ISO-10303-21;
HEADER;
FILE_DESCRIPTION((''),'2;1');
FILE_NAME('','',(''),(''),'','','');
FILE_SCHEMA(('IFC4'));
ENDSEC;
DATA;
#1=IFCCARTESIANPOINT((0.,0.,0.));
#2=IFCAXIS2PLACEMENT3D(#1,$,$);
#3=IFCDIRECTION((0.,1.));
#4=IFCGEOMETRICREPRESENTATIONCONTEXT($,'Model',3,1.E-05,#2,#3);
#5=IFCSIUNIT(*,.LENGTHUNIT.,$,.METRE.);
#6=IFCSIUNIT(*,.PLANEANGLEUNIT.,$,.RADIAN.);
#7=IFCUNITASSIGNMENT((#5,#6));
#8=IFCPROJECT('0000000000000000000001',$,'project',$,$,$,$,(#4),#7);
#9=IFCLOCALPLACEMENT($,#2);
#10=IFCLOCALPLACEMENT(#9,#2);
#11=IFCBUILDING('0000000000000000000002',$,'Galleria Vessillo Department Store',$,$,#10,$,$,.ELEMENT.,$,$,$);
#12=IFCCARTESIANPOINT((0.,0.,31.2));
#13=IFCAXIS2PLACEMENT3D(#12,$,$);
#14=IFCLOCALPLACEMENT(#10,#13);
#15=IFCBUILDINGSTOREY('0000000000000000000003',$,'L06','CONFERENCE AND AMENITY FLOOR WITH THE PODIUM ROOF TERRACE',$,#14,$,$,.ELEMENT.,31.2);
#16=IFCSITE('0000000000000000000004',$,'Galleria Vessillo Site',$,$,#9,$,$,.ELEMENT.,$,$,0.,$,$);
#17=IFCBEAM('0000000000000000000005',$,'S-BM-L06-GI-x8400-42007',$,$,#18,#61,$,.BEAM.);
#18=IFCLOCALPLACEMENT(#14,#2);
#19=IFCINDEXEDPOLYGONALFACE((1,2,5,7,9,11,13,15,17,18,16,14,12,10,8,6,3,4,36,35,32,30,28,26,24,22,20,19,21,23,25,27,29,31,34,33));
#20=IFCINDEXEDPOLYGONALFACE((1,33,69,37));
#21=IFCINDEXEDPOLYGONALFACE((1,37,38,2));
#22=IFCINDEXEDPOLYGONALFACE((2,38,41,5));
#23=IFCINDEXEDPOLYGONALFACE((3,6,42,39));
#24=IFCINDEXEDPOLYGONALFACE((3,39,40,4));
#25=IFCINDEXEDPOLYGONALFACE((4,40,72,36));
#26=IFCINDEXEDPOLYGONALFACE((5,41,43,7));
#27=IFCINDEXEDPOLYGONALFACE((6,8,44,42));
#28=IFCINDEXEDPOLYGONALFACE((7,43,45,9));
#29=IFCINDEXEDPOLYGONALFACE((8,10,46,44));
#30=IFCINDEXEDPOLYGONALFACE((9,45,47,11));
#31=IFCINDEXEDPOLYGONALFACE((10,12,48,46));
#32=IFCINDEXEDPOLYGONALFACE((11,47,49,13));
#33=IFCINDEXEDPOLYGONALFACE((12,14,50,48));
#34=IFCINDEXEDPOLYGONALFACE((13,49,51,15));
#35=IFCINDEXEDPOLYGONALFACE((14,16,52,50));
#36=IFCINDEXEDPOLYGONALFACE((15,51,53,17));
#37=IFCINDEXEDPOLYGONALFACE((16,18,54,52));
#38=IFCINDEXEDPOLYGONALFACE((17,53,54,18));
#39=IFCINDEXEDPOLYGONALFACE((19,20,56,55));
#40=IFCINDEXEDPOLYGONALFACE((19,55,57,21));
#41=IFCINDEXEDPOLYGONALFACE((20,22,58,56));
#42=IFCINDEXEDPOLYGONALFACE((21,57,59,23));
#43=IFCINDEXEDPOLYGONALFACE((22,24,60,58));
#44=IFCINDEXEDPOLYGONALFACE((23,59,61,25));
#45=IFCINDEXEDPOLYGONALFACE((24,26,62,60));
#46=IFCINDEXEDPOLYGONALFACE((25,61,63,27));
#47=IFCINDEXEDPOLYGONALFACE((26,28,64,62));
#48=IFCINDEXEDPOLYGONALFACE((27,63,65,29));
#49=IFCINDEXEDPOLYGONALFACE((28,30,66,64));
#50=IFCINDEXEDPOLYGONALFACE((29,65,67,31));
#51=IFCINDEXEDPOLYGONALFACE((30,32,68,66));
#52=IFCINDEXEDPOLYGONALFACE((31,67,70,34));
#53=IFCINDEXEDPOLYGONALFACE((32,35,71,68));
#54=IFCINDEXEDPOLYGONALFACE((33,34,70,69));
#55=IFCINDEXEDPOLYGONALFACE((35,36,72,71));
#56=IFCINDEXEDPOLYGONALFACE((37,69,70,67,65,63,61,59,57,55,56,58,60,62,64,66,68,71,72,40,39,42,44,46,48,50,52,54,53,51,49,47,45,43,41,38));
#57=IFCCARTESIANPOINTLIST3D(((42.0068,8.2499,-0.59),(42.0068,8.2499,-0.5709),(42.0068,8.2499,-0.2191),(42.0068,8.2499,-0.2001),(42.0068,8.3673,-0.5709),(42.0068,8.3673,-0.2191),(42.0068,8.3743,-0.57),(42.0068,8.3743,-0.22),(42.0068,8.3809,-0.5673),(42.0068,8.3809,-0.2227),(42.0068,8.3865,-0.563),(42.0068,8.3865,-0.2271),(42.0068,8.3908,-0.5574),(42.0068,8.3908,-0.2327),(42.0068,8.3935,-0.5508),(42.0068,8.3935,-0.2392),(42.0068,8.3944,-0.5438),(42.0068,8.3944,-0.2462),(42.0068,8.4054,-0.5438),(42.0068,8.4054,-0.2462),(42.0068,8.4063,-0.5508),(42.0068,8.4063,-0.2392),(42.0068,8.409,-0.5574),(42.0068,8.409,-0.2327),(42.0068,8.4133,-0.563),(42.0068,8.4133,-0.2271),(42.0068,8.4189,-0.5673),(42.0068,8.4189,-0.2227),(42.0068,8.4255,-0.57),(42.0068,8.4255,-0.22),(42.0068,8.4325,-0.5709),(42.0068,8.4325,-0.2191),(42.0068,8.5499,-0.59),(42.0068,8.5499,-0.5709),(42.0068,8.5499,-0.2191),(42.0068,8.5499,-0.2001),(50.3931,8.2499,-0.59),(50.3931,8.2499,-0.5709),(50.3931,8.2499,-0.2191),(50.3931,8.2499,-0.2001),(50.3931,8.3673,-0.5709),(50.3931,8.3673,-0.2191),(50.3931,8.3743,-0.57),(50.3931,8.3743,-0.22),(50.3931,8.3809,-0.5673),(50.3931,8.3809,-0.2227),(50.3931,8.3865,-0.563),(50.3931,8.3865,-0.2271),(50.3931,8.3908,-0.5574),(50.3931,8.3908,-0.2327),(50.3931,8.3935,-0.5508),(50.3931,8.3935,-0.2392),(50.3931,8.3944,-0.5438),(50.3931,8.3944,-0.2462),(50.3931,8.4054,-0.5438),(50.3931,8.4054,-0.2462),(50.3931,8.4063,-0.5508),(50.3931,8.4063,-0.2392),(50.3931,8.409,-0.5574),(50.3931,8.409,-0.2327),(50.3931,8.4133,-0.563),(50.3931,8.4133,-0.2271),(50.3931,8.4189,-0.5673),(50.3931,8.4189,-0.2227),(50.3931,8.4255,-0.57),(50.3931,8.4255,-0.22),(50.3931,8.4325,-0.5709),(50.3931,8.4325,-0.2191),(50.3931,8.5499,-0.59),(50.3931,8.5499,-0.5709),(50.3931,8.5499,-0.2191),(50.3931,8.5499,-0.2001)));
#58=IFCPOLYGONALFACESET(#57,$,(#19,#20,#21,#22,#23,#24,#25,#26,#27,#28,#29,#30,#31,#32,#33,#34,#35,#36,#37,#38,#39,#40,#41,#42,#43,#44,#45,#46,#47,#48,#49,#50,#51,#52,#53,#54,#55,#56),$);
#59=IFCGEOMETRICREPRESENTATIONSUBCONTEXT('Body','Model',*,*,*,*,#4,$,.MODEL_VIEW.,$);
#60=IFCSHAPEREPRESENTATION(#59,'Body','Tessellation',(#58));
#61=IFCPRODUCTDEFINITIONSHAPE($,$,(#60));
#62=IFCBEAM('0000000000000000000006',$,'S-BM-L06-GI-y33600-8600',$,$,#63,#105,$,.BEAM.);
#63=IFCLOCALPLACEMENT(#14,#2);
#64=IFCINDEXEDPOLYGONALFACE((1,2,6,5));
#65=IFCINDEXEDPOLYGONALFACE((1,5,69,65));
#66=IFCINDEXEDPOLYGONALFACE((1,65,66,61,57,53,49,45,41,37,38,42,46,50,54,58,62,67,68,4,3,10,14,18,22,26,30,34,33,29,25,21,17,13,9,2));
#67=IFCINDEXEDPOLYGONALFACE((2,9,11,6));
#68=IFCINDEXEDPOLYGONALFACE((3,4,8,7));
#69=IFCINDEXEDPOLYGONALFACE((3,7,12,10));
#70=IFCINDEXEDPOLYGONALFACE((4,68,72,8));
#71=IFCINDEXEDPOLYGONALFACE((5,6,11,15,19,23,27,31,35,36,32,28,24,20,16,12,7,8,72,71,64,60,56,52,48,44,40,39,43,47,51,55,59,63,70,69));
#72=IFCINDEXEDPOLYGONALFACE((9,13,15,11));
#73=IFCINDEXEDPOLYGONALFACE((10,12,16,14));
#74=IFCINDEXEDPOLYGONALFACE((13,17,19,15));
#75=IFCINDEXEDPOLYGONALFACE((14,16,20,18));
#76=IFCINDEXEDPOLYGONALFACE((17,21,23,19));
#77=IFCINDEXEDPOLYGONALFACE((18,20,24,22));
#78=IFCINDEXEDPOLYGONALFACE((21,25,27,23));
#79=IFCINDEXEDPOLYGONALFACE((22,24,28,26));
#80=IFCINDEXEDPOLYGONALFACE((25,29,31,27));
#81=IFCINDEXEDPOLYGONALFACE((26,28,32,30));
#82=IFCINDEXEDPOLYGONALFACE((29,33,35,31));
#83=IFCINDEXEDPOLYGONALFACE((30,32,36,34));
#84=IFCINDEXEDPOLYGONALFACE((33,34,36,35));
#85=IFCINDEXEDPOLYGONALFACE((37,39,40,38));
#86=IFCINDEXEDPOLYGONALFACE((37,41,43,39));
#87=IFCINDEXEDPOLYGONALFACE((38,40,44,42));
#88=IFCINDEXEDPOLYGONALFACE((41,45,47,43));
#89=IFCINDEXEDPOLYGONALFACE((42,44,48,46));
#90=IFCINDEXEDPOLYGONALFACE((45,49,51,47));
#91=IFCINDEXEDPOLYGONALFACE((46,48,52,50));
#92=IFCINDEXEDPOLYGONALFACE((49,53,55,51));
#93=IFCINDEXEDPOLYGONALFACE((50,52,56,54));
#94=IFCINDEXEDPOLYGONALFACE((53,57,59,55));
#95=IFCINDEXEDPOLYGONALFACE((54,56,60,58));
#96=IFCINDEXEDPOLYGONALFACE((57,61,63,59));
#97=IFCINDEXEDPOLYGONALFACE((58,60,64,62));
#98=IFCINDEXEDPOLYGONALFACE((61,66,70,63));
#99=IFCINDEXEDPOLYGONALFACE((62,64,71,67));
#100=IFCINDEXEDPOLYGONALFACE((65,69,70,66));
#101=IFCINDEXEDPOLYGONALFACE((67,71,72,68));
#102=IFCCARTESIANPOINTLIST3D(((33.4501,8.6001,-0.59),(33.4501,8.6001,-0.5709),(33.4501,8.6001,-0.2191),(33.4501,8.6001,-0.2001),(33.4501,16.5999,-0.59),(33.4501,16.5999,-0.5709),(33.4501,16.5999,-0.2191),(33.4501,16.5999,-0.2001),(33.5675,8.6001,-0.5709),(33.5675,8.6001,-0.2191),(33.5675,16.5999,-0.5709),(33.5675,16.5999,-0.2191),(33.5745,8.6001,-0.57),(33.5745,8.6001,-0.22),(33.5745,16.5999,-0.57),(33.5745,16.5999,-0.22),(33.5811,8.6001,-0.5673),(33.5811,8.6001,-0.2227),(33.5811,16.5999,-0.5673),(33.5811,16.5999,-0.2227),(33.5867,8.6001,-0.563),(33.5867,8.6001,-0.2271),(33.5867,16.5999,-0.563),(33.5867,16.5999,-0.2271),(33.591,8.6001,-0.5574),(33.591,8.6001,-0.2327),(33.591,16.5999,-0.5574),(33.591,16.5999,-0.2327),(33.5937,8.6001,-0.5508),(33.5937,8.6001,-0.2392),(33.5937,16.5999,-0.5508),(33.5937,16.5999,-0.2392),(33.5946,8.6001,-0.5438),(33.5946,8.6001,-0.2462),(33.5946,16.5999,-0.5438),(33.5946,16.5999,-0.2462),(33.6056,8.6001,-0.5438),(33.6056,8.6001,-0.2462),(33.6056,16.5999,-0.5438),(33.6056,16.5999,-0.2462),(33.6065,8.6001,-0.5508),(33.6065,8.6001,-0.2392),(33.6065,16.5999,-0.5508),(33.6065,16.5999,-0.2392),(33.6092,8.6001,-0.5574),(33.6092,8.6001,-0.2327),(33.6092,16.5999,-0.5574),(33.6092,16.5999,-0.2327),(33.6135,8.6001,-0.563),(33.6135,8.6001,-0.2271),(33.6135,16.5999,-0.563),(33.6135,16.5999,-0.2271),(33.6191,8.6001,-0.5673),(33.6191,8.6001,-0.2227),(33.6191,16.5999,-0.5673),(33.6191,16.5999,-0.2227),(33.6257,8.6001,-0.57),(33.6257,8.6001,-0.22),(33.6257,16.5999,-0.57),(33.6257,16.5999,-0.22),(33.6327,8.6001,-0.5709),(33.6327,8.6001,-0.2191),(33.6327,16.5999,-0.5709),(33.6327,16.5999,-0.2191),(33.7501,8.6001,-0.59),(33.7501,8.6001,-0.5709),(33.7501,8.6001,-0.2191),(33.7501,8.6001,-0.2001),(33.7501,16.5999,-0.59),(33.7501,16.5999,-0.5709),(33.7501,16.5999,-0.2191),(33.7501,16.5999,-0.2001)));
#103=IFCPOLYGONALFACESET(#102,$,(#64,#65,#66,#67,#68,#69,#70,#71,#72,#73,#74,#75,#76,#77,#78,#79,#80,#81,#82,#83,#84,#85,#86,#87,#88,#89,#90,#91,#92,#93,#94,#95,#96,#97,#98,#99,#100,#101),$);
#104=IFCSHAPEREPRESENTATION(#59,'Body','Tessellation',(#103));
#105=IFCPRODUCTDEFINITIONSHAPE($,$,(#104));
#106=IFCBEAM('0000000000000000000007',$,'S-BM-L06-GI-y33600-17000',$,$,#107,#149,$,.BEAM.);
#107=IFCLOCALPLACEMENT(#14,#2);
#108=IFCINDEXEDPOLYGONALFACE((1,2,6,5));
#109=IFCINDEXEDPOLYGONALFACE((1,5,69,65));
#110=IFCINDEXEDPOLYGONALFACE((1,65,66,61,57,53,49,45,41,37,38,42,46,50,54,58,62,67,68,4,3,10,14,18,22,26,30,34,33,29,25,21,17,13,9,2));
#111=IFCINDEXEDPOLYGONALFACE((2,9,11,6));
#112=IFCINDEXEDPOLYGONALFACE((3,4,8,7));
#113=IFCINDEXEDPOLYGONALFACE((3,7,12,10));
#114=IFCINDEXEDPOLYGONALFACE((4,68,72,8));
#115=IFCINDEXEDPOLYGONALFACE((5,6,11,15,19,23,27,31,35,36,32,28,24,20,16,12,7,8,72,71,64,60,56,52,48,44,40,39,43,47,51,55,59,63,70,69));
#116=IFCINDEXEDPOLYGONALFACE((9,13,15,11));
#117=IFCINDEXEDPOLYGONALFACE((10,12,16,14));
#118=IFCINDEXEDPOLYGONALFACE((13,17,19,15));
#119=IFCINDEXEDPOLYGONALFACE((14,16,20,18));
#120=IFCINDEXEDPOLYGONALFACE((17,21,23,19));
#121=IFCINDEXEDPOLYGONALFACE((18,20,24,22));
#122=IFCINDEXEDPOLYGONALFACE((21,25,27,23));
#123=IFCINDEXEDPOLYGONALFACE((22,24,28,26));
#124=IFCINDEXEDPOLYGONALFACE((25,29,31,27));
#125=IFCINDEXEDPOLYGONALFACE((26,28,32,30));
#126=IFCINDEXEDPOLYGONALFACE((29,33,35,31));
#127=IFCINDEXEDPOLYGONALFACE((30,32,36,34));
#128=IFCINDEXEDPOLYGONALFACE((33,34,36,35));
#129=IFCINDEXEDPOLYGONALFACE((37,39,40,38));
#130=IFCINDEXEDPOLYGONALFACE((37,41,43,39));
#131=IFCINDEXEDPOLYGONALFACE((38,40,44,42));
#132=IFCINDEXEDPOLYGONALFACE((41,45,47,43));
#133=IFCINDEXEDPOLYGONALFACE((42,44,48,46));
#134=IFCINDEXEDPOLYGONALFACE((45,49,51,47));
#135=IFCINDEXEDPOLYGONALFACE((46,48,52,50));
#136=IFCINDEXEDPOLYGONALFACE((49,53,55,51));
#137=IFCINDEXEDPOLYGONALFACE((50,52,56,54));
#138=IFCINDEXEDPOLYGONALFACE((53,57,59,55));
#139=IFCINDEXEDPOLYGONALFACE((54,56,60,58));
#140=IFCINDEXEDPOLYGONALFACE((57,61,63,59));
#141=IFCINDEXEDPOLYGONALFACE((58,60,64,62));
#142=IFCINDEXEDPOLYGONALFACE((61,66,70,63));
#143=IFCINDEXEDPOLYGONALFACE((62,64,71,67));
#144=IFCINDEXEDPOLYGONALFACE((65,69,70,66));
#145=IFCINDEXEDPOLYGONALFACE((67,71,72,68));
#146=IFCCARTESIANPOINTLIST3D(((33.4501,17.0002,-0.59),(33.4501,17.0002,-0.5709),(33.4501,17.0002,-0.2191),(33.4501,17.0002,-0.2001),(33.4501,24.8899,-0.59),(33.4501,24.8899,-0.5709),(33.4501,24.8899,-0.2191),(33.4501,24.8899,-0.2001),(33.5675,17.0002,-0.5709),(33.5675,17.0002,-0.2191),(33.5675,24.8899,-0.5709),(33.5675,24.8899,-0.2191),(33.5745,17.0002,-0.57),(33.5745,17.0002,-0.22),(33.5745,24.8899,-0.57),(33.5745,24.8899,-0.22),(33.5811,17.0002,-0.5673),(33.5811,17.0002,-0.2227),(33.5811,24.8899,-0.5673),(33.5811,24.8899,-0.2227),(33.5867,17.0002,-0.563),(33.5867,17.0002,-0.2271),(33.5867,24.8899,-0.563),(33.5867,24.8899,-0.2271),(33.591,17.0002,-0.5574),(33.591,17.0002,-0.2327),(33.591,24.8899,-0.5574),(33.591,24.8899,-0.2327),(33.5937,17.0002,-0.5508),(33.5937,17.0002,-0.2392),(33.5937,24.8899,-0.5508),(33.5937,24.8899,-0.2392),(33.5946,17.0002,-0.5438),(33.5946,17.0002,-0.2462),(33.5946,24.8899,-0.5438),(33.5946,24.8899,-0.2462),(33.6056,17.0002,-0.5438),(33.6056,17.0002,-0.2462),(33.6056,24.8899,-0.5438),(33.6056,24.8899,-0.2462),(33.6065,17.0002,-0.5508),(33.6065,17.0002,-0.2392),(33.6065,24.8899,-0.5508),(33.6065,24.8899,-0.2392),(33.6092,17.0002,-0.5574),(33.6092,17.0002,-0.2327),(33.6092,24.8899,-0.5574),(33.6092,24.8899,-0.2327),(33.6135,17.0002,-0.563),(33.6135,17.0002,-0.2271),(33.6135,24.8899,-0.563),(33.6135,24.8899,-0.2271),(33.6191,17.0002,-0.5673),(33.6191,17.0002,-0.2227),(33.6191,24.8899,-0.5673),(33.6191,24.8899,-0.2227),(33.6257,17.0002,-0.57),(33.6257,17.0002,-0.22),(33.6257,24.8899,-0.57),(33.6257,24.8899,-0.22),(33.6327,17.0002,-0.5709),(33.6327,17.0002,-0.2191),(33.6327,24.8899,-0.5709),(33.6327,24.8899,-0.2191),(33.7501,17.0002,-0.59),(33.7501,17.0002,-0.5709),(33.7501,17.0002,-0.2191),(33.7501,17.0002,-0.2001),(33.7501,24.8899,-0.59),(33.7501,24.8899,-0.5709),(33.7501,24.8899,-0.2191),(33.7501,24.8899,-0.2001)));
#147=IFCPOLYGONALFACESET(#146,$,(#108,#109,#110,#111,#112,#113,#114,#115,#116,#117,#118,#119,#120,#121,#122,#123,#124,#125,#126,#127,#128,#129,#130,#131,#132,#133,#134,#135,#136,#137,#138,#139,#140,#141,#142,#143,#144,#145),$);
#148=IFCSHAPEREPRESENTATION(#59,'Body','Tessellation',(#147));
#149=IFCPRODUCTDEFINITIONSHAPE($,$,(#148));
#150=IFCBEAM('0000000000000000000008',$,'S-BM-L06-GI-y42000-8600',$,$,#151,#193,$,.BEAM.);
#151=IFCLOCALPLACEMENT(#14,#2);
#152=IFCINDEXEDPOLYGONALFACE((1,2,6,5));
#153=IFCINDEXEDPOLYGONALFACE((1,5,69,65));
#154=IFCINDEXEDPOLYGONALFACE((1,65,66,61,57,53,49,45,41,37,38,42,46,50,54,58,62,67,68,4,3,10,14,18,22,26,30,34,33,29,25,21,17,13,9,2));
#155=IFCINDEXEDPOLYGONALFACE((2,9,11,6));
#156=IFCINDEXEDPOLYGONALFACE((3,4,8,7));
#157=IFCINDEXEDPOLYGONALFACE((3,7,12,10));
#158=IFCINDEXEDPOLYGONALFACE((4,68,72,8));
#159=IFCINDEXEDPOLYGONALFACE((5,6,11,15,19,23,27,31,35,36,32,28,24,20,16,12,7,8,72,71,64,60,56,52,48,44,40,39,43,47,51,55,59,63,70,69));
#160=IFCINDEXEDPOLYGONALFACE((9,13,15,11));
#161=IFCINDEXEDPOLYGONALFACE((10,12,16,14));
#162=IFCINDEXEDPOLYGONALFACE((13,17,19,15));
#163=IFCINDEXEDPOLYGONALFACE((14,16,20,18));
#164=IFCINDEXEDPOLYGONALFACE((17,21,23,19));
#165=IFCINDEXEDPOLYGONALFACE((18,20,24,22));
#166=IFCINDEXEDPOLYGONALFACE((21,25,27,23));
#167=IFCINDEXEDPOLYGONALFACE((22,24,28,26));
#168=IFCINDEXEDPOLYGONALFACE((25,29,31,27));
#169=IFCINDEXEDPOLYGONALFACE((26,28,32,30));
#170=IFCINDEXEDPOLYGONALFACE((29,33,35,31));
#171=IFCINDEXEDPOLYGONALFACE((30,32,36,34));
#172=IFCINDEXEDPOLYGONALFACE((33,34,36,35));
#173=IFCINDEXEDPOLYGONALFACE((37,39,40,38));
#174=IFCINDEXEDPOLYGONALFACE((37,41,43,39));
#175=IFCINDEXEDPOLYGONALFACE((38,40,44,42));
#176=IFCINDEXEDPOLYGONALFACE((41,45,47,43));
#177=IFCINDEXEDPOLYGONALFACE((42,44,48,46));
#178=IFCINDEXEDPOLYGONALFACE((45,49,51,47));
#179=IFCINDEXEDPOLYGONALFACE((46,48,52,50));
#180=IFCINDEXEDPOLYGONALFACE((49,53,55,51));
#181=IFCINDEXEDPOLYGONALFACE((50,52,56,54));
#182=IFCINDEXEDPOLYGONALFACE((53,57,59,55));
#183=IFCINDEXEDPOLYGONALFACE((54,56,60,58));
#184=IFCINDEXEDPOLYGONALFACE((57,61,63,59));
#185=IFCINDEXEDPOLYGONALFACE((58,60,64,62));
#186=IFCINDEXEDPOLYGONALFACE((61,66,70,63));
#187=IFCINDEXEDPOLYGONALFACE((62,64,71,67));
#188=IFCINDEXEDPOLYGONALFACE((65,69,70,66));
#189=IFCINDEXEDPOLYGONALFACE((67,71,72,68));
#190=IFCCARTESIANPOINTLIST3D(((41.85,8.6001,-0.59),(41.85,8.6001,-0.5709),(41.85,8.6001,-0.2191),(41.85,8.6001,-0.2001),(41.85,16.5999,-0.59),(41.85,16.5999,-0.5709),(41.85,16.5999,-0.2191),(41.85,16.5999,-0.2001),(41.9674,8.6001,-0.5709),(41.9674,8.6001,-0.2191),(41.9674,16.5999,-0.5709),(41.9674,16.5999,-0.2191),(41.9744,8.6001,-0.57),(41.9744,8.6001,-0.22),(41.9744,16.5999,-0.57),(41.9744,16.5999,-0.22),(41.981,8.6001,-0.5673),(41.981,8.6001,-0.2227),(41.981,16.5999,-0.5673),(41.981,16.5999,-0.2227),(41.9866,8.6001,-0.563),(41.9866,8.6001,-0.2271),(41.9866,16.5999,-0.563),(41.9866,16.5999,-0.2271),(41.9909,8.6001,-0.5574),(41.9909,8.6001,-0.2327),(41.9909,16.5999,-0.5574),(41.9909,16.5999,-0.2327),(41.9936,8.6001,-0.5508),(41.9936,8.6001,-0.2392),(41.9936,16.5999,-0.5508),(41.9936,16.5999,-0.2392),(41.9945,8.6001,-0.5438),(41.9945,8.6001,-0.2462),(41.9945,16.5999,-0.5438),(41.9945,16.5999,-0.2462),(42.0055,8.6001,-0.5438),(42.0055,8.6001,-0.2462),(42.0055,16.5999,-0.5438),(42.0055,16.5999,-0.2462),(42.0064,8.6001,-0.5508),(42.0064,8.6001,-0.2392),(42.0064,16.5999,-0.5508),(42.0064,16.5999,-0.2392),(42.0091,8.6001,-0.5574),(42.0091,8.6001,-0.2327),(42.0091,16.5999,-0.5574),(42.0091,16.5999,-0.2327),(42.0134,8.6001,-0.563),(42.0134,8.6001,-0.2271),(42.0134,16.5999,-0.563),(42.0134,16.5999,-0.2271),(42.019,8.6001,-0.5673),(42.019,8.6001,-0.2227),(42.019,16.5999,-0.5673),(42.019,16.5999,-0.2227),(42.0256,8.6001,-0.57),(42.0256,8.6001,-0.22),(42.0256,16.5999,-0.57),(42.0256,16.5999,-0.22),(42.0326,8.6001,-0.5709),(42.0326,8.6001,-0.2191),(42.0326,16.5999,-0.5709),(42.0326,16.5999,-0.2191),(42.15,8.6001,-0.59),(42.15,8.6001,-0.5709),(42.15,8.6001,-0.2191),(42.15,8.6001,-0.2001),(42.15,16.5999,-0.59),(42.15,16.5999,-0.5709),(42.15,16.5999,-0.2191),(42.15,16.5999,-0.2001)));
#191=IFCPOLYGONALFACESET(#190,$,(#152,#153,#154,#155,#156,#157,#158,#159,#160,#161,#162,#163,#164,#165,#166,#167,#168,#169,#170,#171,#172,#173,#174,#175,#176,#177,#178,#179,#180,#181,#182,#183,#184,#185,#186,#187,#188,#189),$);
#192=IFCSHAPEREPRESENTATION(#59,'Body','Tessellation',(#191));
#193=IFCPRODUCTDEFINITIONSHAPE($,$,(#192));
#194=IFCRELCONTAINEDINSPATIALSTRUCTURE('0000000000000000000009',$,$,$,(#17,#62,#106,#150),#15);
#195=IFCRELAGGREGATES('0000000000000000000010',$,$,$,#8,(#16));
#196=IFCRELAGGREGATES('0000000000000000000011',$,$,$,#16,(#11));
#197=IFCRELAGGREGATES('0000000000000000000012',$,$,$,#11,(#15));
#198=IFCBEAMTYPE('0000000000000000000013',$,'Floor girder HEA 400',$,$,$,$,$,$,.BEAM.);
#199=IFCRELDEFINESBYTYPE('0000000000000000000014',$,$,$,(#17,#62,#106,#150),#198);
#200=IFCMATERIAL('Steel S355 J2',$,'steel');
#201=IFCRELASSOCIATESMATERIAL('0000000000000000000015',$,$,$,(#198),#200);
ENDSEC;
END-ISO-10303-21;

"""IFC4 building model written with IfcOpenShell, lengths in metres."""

from ifc_helpers import new_model, si_unit, direction, frame, origin, origin_2d, place, context, subcontext, project, spatial, i_section, extrude, material, material_profile, profile_set, type_object, element, save


model = new_model("IFC4")

# Units and contexts
model_context = context("Model", 3, precision=1e-05, world=origin(), true_north=direction((0.0, 1.0)))
body_context = subcontext(model_context, "Body", "Model", "MODEL_VIEW")
ifc_project = project(units=[si_unit("LENGTHUNIT", "METRE"), si_unit("PLANEANGLEUNIT", "RADIAN")], contexts=[model_context])

# Site, building, storey
site_placement = place(None, origin())
site = spatial("IfcSite", under=ifc_project, at=site_placement, Name="Galleria Vessillo Site", CompositionType="ELEMENT", RefElevation=0.0)
building_placement = place(site_placement, origin())
building = spatial("IfcBuilding", under=site, at=building_placement, Name="Galleria Vessillo Department Store", CompositionType="ELEMENT")
storey_placement = place(building_placement, frame((0.0, 0.0, 31.2)))
storey = spatial("IfcBuildingStorey", under=building, at=storey_placement, Name="L06", Description="CONFERENCE AND AMENITY FLOOR WITH THE PODIUM ROOF TERRACE", CompositionType="ELEMENT", Elevation=31.2)

# Beams
ifc_material_1 = material(Name="Steel S355 J2", Category="steel")
ifc_material_profile_1 = material_profile(ifc_material_1, i_section(OverallWidth=0.3, OverallDepth=0.3899, WebThickness=0.011, FlangeThickness=0.019, FilletRadius=0.0271, at=origin_2d()), Name="HEA 400")
ifc_profile_set_1 = profile_set([ifc_material_profile_1], Name="Steel S355 J2")
beam_type_1 = type_object("IfcBeamType", Name="Floor girder HEA 400", PredefinedType="BEAM", material=ifc_profile_set_1)
beam_1_placement = place(storey_placement, frame((42.0068, 8.3999, -0.395), z_axis=(1.0, 0.0, 0.0), x_axis=(0.0, 1.0, 0.0)))
element("IfcBeam", 1, at=beam_1_placement, inside=storey, type_object=beam_type_1, Name="S-BM-L06-GI-x8400-42007", PredefinedType="BEAM", context=body_context, shape_type="SweptSolid", body=[
    extrude(i_section(OverallWidth=0.3, OverallDepth=0.3899, WebThickness=0.011, FlangeThickness=0.019, FilletRadius=0.0271, at=origin_2d()), origin(), (0.0, 0.0, 1.0), 8.3862),
])
beam_2_placement = place(storey_placement, frame((33.6001, 8.6001, -0.395), z_axis=(0.0, 1.0, 0.0), x_axis=(-1.0, 0.0, 0.0)))
element("IfcBeam", 2, at=beam_2_placement, inside=storey, type_object=beam_type_1, Name="S-BM-L06-GI-y33600-8600", PredefinedType="BEAM", context=body_context, shape_type="SweptSolid", body=[
    extrude(i_section(OverallWidth=0.3, OverallDepth=0.3899, WebThickness=0.011, FlangeThickness=0.019, FilletRadius=0.0271, at=origin_2d()), origin(), (0.0, 0.0, 1.0), 7.9998),
])
beam_3_placement = place(storey_placement, frame((33.6001, 17.0002, -0.395), z_axis=(0.0, 1.0, 0.0), x_axis=(-1.0, 0.0, 0.0)))
element("IfcBeam", 3, at=beam_3_placement, inside=storey, type_object=beam_type_1, Name="S-BM-L06-GI-y33600-17000", PredefinedType="BEAM", context=body_context, shape_type="SweptSolid", body=[
    extrude(i_section(OverallWidth=0.3, OverallDepth=0.3899, WebThickness=0.011, FlangeThickness=0.019, FilletRadius=0.0271, at=origin_2d()), origin(), (0.0, 0.0, 1.0), 7.8896),
])
beam_4_placement = place(storey_placement, frame((42.0, 8.6001, -0.395), z_axis=(0.0, 1.0, 0.0), x_axis=(-1.0, 0.0, 0.0)))
element("IfcBeam", 4, at=beam_4_placement, inside=storey, type_object=beam_type_1, Name="S-BM-L06-GI-y42000-8600", PredefinedType="BEAM", context=body_context, shape_type="SweptSolid", body=[
    extrude(i_section(OverallWidth=0.3, OverallDepth=0.3899, WebThickness=0.011, FlangeThickness=0.019, FilletRadius=0.0271, at=origin_2d()), origin(), (0.0, 0.0, 1.0), 7.9998),
])

save(model, "model.ifc")
